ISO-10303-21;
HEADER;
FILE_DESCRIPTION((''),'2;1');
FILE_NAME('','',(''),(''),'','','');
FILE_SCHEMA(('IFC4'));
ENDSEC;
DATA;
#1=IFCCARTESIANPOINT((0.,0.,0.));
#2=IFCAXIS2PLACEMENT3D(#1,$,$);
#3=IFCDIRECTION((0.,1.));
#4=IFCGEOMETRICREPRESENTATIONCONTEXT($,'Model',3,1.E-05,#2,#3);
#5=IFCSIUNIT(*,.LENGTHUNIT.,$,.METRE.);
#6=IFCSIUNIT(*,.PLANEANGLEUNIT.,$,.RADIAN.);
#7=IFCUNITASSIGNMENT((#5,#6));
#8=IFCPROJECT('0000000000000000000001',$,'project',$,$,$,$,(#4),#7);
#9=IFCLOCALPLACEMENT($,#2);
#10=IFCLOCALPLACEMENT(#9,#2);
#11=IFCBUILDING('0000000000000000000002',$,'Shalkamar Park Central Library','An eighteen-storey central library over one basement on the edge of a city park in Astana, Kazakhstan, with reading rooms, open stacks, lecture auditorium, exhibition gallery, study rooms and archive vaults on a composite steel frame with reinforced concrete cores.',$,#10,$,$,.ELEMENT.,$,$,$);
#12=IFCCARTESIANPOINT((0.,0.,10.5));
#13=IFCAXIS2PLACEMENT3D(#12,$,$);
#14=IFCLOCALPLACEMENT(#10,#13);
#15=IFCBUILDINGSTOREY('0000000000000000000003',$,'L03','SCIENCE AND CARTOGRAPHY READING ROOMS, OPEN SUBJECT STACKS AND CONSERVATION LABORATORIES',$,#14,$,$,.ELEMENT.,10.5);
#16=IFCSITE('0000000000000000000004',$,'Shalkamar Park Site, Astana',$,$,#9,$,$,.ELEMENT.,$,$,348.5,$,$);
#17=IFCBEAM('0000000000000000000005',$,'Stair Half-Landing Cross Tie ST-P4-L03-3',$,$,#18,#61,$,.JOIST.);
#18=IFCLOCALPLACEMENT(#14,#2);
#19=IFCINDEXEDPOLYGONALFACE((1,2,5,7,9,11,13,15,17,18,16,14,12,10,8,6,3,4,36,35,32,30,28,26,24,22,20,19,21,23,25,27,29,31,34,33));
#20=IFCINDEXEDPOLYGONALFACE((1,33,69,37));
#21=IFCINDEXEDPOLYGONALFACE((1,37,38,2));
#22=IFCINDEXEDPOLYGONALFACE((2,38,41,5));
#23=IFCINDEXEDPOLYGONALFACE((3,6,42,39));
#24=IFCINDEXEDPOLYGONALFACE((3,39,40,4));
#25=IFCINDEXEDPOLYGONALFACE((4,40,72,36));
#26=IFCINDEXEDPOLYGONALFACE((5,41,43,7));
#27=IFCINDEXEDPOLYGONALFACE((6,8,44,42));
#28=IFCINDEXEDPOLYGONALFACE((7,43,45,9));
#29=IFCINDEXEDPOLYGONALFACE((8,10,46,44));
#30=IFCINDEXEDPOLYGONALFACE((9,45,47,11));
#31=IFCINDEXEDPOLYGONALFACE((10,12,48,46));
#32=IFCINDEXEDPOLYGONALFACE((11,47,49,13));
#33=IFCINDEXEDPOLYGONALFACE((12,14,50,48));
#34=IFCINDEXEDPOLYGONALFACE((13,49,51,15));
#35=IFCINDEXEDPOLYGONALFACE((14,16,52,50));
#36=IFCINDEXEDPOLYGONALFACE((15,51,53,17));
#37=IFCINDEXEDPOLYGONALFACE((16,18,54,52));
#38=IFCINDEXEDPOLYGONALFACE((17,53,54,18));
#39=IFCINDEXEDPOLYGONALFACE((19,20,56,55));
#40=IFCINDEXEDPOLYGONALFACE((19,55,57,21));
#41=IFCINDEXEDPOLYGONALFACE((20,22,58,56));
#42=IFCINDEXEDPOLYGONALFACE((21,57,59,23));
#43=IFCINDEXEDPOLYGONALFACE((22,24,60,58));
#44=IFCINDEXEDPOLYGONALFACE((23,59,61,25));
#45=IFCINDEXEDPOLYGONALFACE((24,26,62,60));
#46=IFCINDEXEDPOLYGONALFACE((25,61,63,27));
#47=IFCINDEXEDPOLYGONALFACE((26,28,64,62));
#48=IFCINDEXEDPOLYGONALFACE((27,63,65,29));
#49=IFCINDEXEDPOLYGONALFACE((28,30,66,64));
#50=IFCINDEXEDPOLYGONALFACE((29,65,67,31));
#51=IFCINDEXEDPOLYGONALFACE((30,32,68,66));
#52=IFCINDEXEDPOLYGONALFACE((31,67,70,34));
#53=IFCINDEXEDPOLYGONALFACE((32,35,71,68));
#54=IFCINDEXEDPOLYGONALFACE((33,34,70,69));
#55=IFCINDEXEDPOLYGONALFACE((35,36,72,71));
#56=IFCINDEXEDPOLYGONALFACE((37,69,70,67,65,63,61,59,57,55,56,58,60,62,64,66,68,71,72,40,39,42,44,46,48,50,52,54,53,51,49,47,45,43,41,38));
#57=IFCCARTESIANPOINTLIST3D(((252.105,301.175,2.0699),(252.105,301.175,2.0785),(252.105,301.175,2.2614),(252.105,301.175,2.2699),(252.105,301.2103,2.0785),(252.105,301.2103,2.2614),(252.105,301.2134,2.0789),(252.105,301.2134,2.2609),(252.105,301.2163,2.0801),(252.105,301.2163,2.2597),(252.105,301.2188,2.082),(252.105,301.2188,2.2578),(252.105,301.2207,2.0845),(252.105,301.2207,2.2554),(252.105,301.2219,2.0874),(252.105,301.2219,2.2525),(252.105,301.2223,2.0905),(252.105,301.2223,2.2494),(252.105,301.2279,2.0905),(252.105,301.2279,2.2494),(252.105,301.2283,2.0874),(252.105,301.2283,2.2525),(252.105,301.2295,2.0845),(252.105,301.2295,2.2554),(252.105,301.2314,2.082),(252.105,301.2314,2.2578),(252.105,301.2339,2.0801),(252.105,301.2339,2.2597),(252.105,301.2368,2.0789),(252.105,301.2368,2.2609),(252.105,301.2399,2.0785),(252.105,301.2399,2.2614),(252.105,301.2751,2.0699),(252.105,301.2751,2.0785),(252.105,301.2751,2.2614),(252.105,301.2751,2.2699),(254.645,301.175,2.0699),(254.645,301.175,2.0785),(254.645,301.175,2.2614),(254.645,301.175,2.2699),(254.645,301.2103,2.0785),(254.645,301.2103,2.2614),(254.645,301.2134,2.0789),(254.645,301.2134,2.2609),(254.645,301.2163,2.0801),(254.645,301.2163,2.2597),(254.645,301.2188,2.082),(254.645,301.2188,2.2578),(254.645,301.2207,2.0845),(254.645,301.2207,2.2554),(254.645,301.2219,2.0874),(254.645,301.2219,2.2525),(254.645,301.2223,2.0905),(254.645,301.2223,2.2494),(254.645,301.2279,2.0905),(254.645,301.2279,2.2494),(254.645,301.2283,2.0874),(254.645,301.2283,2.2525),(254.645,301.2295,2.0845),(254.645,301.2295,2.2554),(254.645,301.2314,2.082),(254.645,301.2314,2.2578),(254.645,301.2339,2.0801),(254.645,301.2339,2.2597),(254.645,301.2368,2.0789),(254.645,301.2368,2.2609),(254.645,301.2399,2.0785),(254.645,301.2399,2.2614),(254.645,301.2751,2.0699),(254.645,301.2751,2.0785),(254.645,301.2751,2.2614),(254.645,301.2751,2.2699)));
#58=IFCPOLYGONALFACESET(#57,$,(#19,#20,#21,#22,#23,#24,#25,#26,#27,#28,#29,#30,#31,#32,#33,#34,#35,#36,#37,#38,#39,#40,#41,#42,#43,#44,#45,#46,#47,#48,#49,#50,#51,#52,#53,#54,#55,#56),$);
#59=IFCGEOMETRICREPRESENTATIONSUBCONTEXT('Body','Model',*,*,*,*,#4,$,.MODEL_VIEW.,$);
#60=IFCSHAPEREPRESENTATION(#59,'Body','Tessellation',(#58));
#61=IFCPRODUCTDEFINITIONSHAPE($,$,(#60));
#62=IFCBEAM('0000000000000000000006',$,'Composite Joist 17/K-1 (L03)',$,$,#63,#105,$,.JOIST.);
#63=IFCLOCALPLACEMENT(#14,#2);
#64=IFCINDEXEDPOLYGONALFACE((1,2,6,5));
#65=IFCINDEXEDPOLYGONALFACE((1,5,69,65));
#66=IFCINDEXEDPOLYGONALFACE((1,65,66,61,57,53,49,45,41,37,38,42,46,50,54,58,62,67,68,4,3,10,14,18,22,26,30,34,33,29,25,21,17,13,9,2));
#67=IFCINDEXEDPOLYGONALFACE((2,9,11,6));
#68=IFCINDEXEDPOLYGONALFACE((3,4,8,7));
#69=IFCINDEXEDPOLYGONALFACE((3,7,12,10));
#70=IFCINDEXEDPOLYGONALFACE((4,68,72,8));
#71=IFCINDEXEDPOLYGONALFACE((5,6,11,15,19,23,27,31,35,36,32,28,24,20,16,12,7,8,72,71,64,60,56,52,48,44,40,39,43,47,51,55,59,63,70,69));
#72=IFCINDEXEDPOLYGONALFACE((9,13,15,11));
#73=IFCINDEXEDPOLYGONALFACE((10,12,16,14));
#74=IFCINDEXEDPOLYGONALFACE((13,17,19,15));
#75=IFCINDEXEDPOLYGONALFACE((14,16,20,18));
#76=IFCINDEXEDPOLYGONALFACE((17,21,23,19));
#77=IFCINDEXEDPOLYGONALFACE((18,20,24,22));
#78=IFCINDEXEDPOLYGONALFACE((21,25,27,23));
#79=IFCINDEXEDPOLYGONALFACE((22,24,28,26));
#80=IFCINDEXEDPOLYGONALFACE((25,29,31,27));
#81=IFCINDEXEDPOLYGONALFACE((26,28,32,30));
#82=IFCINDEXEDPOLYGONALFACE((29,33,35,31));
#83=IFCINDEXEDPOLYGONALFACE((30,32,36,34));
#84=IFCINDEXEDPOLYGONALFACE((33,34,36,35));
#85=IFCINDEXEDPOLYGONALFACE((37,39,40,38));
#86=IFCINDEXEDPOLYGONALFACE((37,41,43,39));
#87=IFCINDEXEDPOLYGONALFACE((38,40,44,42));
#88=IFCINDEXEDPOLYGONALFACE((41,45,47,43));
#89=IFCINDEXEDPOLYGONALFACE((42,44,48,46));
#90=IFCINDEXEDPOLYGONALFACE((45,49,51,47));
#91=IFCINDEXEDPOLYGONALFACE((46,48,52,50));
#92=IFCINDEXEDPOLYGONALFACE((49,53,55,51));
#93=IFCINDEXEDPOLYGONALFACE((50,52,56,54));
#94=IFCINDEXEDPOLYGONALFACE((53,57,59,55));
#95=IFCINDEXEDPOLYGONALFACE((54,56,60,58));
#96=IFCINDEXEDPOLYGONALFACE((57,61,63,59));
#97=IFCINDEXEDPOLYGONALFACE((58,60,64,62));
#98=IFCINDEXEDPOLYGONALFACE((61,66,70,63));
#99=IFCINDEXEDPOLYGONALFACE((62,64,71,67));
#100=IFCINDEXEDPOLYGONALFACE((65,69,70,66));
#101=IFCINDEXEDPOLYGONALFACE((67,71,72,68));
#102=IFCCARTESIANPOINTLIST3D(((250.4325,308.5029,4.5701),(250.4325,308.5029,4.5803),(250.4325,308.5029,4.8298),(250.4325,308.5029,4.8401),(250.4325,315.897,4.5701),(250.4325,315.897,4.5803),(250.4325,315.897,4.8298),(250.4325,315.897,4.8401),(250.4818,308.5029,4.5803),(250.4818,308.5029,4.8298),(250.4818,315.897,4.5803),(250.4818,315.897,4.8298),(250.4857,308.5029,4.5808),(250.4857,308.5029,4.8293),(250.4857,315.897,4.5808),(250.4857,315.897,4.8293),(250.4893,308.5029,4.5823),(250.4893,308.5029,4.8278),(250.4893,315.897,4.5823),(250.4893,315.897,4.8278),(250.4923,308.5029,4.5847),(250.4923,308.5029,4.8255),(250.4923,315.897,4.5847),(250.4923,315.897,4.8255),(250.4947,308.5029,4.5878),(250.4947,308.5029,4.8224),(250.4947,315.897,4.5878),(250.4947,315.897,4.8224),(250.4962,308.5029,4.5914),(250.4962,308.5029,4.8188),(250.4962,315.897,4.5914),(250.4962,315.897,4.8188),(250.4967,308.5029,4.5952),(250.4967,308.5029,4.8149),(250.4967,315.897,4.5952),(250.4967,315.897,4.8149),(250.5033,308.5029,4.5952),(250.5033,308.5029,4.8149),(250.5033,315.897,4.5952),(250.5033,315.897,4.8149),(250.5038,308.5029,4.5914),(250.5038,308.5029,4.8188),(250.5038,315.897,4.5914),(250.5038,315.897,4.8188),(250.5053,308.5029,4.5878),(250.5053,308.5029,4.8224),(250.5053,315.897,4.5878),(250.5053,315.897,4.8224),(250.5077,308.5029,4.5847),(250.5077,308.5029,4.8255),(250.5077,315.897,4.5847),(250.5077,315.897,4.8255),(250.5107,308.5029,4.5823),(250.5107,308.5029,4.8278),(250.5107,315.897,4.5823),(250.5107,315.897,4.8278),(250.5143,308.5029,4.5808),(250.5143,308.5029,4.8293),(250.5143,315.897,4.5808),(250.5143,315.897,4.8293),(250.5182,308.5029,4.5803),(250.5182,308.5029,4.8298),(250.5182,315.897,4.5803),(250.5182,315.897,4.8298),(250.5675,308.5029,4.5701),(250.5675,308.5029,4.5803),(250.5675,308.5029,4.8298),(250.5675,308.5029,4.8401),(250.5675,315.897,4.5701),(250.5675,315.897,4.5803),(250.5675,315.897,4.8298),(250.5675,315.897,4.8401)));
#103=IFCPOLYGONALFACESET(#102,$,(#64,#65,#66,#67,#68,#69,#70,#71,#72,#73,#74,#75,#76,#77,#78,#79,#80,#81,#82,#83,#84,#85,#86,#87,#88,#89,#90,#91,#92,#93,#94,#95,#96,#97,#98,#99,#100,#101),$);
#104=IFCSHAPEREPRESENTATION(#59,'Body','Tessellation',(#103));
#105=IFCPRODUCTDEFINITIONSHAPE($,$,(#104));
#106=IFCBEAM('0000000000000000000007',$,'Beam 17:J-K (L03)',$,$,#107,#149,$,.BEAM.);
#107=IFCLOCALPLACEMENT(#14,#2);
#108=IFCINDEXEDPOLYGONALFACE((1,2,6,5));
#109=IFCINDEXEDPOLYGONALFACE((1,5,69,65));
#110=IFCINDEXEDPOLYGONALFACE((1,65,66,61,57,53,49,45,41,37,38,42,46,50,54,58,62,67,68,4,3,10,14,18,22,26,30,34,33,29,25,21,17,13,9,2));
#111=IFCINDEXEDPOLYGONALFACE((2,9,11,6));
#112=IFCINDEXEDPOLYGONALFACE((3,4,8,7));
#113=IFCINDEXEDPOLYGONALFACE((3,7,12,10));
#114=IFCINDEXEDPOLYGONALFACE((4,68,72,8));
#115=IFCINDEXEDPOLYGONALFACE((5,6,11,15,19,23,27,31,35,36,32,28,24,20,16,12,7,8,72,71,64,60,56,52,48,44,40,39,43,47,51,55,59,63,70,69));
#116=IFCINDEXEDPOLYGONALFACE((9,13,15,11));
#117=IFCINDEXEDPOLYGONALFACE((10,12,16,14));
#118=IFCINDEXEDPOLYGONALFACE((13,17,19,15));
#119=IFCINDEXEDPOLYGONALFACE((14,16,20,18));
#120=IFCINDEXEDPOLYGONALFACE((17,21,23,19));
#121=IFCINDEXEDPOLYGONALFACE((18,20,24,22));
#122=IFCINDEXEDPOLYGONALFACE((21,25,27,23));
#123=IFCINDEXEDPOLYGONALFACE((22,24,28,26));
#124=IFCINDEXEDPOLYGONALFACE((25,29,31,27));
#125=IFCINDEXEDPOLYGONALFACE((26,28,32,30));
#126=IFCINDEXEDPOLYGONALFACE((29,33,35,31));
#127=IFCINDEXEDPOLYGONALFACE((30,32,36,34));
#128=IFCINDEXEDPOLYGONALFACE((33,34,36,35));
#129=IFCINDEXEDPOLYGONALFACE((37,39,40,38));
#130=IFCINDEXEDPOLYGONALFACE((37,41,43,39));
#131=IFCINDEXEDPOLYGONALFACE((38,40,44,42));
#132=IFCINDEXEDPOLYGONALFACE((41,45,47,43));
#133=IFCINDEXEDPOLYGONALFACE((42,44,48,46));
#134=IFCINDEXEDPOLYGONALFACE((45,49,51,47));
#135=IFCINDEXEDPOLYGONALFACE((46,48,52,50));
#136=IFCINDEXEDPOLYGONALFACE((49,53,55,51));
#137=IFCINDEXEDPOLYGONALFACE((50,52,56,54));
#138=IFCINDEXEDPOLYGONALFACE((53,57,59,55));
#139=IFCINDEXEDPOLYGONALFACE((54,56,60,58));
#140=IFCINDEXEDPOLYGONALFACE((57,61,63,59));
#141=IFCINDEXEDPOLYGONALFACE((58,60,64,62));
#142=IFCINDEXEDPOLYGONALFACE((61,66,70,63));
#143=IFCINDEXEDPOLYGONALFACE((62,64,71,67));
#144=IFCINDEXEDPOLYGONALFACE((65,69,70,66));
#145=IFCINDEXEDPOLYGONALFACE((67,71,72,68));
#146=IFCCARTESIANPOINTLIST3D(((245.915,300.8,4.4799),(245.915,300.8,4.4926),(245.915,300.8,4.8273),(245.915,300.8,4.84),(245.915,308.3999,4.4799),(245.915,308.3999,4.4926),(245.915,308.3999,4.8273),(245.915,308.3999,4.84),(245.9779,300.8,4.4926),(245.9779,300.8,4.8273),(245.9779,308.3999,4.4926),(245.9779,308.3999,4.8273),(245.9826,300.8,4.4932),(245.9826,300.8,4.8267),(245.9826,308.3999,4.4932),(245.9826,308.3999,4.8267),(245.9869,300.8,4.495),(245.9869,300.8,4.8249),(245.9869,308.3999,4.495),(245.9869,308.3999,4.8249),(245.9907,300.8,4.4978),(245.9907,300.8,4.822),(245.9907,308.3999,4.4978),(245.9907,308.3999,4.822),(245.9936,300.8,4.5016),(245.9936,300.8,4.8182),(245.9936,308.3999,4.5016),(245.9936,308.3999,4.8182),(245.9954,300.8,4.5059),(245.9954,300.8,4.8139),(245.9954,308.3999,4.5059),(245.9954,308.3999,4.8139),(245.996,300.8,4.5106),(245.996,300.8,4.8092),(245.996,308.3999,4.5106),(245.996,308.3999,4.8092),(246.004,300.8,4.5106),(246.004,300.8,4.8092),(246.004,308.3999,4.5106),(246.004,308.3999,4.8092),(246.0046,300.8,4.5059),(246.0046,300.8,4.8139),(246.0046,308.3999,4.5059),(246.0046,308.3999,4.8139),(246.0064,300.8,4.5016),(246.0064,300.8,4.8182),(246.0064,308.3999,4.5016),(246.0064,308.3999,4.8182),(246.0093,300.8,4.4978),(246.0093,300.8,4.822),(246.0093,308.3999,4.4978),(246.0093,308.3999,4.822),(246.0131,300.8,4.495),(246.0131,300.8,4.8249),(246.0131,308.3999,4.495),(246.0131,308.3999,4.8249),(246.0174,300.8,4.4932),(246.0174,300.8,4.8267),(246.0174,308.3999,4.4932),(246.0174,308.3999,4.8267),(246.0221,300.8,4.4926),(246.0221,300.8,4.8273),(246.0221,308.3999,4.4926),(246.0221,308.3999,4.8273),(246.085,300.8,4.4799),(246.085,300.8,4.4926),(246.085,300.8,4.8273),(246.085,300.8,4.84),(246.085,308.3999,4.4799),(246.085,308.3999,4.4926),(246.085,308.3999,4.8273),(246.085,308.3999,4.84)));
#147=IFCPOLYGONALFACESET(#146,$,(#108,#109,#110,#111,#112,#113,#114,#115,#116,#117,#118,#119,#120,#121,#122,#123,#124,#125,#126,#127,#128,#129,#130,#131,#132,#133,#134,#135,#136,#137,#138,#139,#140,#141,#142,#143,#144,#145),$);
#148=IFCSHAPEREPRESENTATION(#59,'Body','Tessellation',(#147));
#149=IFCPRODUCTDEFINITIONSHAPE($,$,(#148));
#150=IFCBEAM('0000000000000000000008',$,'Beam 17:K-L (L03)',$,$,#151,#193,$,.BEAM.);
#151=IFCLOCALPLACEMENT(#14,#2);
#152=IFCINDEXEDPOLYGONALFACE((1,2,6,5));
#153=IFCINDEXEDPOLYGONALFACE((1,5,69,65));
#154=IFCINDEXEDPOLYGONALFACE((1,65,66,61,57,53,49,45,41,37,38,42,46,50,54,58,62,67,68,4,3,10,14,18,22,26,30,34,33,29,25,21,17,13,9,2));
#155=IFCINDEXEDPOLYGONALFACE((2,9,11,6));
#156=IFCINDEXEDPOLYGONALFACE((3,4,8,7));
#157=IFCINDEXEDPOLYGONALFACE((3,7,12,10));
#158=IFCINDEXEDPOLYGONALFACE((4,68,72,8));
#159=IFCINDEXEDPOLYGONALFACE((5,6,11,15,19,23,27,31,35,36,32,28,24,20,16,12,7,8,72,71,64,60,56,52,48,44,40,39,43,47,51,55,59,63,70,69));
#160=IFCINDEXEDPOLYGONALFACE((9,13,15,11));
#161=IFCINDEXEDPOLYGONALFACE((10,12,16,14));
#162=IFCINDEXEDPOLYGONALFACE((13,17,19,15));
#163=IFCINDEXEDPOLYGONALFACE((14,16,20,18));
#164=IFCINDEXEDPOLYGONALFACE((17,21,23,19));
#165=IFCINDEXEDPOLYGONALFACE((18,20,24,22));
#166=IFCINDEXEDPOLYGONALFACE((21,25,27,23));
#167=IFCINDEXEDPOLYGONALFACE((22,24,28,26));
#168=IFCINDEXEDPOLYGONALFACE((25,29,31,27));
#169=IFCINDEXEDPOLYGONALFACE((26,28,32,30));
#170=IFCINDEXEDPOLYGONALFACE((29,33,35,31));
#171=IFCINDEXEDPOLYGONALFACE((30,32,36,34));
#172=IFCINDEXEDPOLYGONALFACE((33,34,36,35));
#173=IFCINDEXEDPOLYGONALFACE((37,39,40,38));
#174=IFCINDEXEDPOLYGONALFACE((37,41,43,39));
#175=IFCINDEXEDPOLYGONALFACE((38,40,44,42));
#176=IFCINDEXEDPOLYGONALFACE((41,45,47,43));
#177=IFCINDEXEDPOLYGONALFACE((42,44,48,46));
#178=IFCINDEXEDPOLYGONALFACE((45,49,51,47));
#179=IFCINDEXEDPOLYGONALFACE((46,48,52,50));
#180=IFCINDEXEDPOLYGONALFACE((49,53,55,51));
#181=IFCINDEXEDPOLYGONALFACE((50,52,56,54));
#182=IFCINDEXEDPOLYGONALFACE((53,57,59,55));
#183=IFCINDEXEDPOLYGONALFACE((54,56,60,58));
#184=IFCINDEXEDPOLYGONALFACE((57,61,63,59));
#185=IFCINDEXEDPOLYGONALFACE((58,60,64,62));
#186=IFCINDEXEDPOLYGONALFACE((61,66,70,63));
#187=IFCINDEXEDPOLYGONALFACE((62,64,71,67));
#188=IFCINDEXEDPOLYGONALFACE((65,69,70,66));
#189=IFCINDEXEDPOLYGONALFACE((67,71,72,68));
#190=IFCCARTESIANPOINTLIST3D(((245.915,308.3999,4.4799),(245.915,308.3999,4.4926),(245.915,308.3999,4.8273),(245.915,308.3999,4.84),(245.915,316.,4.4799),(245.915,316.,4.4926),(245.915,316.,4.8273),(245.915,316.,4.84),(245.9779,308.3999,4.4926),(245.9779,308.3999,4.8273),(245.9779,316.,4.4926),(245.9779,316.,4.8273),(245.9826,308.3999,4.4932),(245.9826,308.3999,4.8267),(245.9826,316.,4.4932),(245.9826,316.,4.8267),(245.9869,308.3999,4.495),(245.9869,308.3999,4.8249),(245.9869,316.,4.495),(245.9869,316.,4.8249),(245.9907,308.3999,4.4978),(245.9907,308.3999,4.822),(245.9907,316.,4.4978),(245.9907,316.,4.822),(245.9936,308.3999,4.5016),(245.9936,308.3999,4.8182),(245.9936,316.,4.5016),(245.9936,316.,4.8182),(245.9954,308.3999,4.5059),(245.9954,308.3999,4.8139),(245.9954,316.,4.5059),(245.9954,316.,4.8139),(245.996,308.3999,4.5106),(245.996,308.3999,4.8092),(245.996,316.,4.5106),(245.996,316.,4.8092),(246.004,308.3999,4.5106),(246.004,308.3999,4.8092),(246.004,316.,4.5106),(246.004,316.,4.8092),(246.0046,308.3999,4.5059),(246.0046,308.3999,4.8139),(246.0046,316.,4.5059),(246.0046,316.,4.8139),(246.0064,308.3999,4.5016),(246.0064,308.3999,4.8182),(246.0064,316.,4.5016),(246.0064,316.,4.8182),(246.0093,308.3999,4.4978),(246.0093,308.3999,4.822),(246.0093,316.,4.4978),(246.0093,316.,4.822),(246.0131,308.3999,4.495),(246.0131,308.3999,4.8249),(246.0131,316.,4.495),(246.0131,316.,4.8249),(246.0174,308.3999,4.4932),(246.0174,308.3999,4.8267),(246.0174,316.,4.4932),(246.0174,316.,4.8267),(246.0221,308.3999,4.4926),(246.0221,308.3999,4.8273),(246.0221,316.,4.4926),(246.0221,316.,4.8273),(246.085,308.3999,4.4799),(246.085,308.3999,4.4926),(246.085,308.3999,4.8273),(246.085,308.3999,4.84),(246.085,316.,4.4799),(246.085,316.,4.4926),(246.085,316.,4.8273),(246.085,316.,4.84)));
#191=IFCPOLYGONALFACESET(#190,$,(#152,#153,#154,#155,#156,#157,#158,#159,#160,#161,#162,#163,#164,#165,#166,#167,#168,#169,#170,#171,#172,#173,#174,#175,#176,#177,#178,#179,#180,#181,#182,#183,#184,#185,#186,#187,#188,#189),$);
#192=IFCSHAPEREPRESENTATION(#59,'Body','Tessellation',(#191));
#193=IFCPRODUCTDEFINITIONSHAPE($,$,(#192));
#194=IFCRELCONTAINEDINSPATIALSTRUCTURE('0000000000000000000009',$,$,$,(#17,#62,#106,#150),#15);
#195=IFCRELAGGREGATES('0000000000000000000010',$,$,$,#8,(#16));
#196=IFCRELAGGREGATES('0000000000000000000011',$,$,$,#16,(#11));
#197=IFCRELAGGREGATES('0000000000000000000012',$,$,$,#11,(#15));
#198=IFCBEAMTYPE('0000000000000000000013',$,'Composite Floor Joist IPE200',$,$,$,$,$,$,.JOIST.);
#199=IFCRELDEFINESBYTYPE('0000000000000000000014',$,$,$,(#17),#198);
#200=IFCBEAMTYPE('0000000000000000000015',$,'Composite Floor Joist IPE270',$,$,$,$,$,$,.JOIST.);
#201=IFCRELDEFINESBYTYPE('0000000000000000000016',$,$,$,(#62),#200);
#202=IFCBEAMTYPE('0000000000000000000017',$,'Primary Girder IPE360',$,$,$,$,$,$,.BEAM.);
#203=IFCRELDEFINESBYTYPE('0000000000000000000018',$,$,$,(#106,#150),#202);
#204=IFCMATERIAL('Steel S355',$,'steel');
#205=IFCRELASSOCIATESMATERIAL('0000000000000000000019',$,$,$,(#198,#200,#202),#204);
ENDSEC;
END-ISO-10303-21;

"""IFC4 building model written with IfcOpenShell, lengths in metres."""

from ifc_helpers import new_model, si_unit, direction, frame, origin, origin_2d, place, context, subcontext, project, spatial, i_section, extrude, material, material_profile, profile_set, type_object, element, save


model = new_model("IFC4")

# Units and contexts
model_context = context("Model", 3, precision=1e-05, world=origin(), true_north=direction((0.0, 1.0)))
body_context = subcontext(model_context, "Body", "Model", "MODEL_VIEW")
ifc_project = project(units=[si_unit("LENGTHUNIT", "METRE"), si_unit("PLANEANGLEUNIT", "RADIAN")], contexts=[model_context])

# Site, building, storey
site_placement = place(None, origin())
site = spatial("IfcSite", under=ifc_project, at=site_placement, Name="Shalkamar Park Site, Astana", CompositionType="ELEMENT", RefElevation=348.5)
building_placement = place(site_placement, origin())
building = spatial("IfcBuilding", under=site, at=building_placement, Name="Shalkamar Park Central Library", Description="An eighteen-storey central library over one basement on the edge of a city park in Astana, Kazakhstan, with reading rooms, open stacks, lecture auditorium, exhibition gallery, study rooms and archive vaults on a composite steel frame with reinforced concrete cores.", CompositionType="ELEMENT")
storey_placement = place(building_placement, frame((0.0, 0.0, 10.5)))
storey = spatial("IfcBuildingStorey", under=building, at=storey_placement, Name="L03", Description="SCIENCE AND CARTOGRAPHY READING ROOMS, OPEN SUBJECT STACKS AND CONSERVATION LABORATORIES", CompositionType="ELEMENT", Elevation=10.5)

# Shared definitions
ifc_material_1 = material(Name="Steel S355", Category="steel")

# Beams
ifc_material_profile_1 = material_profile(ifc_material_1, i_section(OverallWidth=0.1001, OverallDepth=0.2, WebThickness=0.0056, FlangeThickness=0.0085, FilletRadius=0.012, at=origin_2d()), Name="IPE 200")
ifc_profile_set_1 = profile_set([ifc_material_profile_1], Name="Steel S355")
beam_type_1 = type_object("IfcBeamType", Name="Composite Floor Joist IPE200", PredefinedType="JOIST", material=ifc_profile_set_1)
beam_1_placement = place(storey_placement, frame((252.105, 301.2251, 2.1699), z_axis=(1.0, 0.0, 0.0), x_axis=(0.0, 1.0, 0.0)))
element("IfcBeam", 1, at=beam_1_placement, inside=storey, type_object=beam_type_1, Name="Stair Half-Landing Cross Tie ST-P4-L03-3", PredefinedType="JOIST", context=body_context, shape_type="SweptSolid", body=[
    extrude(i_section(OverallWidth=0.1001, OverallDepth=0.2, WebThickness=0.0056, FlangeThickness=0.0085, FilletRadius=0.012, at=origin_2d()), origin(), (0.0, 0.0, 1.0), 2.54),
])
ifc_material_profile_2 = material_profile(ifc_material_1, i_section(OverallWidth=0.135, OverallDepth=0.27, WebThickness=0.0066, FlangeThickness=0.0103, FilletRadius=0.0149, at=origin_2d()), Name="IPE 270")
ifc_profile_set_2 = profile_set([ifc_material_profile_2], Name="Steel S355")
beam_type_2 = type_object("IfcBeamType", Name="Composite Floor Joist IPE270", PredefinedType="JOIST", material=ifc_profile_set_2)
beam_2_placement = place(storey_placement, frame((250.5, 308.5029, 4.7051), z_axis=(0.0, 1.0, 0.0), x_axis=(-1.0, 0.0, 0.0)))
element("IfcBeam", 2, at=beam_2_placement, inside=storey, type_object=beam_type_2, Name="Composite Joist 17/K-1 (L03)", PredefinedType="JOIST", context=body_context, shape_type="SweptSolid", body=[
    extrude(i_section(OverallWidth=0.135, OverallDepth=0.27, WebThickness=0.0066, FlangeThickness=0.0103, FilletRadius=0.0149, at=origin_2d()), origin(), (0.0, 0.0, 1.0), 7.394),
])
ifc_material_profile_3 = material_profile(ifc_material_1, i_section(OverallWidth=0.1699, OverallDepth=0.3601, WebThickness=0.0081, FlangeThickness=0.0127, FilletRadius=0.0181, at=origin_2d()), Name="IPE 360")
ifc_profile_set_3 = profile_set([ifc_material_profile_3], Name="Steel S355")
beam_type_3 = type_object("IfcBeamType", Name="Primary Girder IPE360", PredefinedType="BEAM", material=ifc_profile_set_3)
beam_3_placement = place(storey_placement, frame((246.0, 300.8, 4.6599), z_axis=(0.0, 1.0, 0.0), x_axis=(-1.0, 0.0, 0.0)))
element("IfcBeam", 3, at=beam_3_placement, inside=storey, type_object=beam_type_3, Name="Beam 17:J-K (L03)", PredefinedType="BEAM", context=body_context, shape_type="SweptSolid", body=[
    extrude(i_section(OverallWidth=0.1699, OverallDepth=0.3601, WebThickness=0.0081, FlangeThickness=0.0127, FilletRadius=0.0181, at=origin_2d()), origin(), (0.0, 0.0, 1.0), 7.5999),
])
for number, where, z_axis, x_axis, name in (
    (4, (246.0, 308.3999, 4.6599), (0.0, 1.0, 0.0), (-1.0, 0.0, 0.0), "Beam 17:K-L (L03)"),
):
    element("IfcBeam", number, at=place(storey_placement, frame(where, z_axis=z_axis, x_axis=x_axis)), inside=storey, type_object=beam_type_3, Name=name, PredefinedType="BEAM", context=body_context, shape_type="SweptSolid", body=[
        extrude(i_section(OverallWidth=0.1699, OverallDepth=0.3601, WebThickness=0.0081, FlangeThickness=0.0127, FilletRadius=0.0181, at=origin_2d()), origin(), (0.0, 0.0, 1.0), 7.6001),
    ])

save(model, "model.ifc")
